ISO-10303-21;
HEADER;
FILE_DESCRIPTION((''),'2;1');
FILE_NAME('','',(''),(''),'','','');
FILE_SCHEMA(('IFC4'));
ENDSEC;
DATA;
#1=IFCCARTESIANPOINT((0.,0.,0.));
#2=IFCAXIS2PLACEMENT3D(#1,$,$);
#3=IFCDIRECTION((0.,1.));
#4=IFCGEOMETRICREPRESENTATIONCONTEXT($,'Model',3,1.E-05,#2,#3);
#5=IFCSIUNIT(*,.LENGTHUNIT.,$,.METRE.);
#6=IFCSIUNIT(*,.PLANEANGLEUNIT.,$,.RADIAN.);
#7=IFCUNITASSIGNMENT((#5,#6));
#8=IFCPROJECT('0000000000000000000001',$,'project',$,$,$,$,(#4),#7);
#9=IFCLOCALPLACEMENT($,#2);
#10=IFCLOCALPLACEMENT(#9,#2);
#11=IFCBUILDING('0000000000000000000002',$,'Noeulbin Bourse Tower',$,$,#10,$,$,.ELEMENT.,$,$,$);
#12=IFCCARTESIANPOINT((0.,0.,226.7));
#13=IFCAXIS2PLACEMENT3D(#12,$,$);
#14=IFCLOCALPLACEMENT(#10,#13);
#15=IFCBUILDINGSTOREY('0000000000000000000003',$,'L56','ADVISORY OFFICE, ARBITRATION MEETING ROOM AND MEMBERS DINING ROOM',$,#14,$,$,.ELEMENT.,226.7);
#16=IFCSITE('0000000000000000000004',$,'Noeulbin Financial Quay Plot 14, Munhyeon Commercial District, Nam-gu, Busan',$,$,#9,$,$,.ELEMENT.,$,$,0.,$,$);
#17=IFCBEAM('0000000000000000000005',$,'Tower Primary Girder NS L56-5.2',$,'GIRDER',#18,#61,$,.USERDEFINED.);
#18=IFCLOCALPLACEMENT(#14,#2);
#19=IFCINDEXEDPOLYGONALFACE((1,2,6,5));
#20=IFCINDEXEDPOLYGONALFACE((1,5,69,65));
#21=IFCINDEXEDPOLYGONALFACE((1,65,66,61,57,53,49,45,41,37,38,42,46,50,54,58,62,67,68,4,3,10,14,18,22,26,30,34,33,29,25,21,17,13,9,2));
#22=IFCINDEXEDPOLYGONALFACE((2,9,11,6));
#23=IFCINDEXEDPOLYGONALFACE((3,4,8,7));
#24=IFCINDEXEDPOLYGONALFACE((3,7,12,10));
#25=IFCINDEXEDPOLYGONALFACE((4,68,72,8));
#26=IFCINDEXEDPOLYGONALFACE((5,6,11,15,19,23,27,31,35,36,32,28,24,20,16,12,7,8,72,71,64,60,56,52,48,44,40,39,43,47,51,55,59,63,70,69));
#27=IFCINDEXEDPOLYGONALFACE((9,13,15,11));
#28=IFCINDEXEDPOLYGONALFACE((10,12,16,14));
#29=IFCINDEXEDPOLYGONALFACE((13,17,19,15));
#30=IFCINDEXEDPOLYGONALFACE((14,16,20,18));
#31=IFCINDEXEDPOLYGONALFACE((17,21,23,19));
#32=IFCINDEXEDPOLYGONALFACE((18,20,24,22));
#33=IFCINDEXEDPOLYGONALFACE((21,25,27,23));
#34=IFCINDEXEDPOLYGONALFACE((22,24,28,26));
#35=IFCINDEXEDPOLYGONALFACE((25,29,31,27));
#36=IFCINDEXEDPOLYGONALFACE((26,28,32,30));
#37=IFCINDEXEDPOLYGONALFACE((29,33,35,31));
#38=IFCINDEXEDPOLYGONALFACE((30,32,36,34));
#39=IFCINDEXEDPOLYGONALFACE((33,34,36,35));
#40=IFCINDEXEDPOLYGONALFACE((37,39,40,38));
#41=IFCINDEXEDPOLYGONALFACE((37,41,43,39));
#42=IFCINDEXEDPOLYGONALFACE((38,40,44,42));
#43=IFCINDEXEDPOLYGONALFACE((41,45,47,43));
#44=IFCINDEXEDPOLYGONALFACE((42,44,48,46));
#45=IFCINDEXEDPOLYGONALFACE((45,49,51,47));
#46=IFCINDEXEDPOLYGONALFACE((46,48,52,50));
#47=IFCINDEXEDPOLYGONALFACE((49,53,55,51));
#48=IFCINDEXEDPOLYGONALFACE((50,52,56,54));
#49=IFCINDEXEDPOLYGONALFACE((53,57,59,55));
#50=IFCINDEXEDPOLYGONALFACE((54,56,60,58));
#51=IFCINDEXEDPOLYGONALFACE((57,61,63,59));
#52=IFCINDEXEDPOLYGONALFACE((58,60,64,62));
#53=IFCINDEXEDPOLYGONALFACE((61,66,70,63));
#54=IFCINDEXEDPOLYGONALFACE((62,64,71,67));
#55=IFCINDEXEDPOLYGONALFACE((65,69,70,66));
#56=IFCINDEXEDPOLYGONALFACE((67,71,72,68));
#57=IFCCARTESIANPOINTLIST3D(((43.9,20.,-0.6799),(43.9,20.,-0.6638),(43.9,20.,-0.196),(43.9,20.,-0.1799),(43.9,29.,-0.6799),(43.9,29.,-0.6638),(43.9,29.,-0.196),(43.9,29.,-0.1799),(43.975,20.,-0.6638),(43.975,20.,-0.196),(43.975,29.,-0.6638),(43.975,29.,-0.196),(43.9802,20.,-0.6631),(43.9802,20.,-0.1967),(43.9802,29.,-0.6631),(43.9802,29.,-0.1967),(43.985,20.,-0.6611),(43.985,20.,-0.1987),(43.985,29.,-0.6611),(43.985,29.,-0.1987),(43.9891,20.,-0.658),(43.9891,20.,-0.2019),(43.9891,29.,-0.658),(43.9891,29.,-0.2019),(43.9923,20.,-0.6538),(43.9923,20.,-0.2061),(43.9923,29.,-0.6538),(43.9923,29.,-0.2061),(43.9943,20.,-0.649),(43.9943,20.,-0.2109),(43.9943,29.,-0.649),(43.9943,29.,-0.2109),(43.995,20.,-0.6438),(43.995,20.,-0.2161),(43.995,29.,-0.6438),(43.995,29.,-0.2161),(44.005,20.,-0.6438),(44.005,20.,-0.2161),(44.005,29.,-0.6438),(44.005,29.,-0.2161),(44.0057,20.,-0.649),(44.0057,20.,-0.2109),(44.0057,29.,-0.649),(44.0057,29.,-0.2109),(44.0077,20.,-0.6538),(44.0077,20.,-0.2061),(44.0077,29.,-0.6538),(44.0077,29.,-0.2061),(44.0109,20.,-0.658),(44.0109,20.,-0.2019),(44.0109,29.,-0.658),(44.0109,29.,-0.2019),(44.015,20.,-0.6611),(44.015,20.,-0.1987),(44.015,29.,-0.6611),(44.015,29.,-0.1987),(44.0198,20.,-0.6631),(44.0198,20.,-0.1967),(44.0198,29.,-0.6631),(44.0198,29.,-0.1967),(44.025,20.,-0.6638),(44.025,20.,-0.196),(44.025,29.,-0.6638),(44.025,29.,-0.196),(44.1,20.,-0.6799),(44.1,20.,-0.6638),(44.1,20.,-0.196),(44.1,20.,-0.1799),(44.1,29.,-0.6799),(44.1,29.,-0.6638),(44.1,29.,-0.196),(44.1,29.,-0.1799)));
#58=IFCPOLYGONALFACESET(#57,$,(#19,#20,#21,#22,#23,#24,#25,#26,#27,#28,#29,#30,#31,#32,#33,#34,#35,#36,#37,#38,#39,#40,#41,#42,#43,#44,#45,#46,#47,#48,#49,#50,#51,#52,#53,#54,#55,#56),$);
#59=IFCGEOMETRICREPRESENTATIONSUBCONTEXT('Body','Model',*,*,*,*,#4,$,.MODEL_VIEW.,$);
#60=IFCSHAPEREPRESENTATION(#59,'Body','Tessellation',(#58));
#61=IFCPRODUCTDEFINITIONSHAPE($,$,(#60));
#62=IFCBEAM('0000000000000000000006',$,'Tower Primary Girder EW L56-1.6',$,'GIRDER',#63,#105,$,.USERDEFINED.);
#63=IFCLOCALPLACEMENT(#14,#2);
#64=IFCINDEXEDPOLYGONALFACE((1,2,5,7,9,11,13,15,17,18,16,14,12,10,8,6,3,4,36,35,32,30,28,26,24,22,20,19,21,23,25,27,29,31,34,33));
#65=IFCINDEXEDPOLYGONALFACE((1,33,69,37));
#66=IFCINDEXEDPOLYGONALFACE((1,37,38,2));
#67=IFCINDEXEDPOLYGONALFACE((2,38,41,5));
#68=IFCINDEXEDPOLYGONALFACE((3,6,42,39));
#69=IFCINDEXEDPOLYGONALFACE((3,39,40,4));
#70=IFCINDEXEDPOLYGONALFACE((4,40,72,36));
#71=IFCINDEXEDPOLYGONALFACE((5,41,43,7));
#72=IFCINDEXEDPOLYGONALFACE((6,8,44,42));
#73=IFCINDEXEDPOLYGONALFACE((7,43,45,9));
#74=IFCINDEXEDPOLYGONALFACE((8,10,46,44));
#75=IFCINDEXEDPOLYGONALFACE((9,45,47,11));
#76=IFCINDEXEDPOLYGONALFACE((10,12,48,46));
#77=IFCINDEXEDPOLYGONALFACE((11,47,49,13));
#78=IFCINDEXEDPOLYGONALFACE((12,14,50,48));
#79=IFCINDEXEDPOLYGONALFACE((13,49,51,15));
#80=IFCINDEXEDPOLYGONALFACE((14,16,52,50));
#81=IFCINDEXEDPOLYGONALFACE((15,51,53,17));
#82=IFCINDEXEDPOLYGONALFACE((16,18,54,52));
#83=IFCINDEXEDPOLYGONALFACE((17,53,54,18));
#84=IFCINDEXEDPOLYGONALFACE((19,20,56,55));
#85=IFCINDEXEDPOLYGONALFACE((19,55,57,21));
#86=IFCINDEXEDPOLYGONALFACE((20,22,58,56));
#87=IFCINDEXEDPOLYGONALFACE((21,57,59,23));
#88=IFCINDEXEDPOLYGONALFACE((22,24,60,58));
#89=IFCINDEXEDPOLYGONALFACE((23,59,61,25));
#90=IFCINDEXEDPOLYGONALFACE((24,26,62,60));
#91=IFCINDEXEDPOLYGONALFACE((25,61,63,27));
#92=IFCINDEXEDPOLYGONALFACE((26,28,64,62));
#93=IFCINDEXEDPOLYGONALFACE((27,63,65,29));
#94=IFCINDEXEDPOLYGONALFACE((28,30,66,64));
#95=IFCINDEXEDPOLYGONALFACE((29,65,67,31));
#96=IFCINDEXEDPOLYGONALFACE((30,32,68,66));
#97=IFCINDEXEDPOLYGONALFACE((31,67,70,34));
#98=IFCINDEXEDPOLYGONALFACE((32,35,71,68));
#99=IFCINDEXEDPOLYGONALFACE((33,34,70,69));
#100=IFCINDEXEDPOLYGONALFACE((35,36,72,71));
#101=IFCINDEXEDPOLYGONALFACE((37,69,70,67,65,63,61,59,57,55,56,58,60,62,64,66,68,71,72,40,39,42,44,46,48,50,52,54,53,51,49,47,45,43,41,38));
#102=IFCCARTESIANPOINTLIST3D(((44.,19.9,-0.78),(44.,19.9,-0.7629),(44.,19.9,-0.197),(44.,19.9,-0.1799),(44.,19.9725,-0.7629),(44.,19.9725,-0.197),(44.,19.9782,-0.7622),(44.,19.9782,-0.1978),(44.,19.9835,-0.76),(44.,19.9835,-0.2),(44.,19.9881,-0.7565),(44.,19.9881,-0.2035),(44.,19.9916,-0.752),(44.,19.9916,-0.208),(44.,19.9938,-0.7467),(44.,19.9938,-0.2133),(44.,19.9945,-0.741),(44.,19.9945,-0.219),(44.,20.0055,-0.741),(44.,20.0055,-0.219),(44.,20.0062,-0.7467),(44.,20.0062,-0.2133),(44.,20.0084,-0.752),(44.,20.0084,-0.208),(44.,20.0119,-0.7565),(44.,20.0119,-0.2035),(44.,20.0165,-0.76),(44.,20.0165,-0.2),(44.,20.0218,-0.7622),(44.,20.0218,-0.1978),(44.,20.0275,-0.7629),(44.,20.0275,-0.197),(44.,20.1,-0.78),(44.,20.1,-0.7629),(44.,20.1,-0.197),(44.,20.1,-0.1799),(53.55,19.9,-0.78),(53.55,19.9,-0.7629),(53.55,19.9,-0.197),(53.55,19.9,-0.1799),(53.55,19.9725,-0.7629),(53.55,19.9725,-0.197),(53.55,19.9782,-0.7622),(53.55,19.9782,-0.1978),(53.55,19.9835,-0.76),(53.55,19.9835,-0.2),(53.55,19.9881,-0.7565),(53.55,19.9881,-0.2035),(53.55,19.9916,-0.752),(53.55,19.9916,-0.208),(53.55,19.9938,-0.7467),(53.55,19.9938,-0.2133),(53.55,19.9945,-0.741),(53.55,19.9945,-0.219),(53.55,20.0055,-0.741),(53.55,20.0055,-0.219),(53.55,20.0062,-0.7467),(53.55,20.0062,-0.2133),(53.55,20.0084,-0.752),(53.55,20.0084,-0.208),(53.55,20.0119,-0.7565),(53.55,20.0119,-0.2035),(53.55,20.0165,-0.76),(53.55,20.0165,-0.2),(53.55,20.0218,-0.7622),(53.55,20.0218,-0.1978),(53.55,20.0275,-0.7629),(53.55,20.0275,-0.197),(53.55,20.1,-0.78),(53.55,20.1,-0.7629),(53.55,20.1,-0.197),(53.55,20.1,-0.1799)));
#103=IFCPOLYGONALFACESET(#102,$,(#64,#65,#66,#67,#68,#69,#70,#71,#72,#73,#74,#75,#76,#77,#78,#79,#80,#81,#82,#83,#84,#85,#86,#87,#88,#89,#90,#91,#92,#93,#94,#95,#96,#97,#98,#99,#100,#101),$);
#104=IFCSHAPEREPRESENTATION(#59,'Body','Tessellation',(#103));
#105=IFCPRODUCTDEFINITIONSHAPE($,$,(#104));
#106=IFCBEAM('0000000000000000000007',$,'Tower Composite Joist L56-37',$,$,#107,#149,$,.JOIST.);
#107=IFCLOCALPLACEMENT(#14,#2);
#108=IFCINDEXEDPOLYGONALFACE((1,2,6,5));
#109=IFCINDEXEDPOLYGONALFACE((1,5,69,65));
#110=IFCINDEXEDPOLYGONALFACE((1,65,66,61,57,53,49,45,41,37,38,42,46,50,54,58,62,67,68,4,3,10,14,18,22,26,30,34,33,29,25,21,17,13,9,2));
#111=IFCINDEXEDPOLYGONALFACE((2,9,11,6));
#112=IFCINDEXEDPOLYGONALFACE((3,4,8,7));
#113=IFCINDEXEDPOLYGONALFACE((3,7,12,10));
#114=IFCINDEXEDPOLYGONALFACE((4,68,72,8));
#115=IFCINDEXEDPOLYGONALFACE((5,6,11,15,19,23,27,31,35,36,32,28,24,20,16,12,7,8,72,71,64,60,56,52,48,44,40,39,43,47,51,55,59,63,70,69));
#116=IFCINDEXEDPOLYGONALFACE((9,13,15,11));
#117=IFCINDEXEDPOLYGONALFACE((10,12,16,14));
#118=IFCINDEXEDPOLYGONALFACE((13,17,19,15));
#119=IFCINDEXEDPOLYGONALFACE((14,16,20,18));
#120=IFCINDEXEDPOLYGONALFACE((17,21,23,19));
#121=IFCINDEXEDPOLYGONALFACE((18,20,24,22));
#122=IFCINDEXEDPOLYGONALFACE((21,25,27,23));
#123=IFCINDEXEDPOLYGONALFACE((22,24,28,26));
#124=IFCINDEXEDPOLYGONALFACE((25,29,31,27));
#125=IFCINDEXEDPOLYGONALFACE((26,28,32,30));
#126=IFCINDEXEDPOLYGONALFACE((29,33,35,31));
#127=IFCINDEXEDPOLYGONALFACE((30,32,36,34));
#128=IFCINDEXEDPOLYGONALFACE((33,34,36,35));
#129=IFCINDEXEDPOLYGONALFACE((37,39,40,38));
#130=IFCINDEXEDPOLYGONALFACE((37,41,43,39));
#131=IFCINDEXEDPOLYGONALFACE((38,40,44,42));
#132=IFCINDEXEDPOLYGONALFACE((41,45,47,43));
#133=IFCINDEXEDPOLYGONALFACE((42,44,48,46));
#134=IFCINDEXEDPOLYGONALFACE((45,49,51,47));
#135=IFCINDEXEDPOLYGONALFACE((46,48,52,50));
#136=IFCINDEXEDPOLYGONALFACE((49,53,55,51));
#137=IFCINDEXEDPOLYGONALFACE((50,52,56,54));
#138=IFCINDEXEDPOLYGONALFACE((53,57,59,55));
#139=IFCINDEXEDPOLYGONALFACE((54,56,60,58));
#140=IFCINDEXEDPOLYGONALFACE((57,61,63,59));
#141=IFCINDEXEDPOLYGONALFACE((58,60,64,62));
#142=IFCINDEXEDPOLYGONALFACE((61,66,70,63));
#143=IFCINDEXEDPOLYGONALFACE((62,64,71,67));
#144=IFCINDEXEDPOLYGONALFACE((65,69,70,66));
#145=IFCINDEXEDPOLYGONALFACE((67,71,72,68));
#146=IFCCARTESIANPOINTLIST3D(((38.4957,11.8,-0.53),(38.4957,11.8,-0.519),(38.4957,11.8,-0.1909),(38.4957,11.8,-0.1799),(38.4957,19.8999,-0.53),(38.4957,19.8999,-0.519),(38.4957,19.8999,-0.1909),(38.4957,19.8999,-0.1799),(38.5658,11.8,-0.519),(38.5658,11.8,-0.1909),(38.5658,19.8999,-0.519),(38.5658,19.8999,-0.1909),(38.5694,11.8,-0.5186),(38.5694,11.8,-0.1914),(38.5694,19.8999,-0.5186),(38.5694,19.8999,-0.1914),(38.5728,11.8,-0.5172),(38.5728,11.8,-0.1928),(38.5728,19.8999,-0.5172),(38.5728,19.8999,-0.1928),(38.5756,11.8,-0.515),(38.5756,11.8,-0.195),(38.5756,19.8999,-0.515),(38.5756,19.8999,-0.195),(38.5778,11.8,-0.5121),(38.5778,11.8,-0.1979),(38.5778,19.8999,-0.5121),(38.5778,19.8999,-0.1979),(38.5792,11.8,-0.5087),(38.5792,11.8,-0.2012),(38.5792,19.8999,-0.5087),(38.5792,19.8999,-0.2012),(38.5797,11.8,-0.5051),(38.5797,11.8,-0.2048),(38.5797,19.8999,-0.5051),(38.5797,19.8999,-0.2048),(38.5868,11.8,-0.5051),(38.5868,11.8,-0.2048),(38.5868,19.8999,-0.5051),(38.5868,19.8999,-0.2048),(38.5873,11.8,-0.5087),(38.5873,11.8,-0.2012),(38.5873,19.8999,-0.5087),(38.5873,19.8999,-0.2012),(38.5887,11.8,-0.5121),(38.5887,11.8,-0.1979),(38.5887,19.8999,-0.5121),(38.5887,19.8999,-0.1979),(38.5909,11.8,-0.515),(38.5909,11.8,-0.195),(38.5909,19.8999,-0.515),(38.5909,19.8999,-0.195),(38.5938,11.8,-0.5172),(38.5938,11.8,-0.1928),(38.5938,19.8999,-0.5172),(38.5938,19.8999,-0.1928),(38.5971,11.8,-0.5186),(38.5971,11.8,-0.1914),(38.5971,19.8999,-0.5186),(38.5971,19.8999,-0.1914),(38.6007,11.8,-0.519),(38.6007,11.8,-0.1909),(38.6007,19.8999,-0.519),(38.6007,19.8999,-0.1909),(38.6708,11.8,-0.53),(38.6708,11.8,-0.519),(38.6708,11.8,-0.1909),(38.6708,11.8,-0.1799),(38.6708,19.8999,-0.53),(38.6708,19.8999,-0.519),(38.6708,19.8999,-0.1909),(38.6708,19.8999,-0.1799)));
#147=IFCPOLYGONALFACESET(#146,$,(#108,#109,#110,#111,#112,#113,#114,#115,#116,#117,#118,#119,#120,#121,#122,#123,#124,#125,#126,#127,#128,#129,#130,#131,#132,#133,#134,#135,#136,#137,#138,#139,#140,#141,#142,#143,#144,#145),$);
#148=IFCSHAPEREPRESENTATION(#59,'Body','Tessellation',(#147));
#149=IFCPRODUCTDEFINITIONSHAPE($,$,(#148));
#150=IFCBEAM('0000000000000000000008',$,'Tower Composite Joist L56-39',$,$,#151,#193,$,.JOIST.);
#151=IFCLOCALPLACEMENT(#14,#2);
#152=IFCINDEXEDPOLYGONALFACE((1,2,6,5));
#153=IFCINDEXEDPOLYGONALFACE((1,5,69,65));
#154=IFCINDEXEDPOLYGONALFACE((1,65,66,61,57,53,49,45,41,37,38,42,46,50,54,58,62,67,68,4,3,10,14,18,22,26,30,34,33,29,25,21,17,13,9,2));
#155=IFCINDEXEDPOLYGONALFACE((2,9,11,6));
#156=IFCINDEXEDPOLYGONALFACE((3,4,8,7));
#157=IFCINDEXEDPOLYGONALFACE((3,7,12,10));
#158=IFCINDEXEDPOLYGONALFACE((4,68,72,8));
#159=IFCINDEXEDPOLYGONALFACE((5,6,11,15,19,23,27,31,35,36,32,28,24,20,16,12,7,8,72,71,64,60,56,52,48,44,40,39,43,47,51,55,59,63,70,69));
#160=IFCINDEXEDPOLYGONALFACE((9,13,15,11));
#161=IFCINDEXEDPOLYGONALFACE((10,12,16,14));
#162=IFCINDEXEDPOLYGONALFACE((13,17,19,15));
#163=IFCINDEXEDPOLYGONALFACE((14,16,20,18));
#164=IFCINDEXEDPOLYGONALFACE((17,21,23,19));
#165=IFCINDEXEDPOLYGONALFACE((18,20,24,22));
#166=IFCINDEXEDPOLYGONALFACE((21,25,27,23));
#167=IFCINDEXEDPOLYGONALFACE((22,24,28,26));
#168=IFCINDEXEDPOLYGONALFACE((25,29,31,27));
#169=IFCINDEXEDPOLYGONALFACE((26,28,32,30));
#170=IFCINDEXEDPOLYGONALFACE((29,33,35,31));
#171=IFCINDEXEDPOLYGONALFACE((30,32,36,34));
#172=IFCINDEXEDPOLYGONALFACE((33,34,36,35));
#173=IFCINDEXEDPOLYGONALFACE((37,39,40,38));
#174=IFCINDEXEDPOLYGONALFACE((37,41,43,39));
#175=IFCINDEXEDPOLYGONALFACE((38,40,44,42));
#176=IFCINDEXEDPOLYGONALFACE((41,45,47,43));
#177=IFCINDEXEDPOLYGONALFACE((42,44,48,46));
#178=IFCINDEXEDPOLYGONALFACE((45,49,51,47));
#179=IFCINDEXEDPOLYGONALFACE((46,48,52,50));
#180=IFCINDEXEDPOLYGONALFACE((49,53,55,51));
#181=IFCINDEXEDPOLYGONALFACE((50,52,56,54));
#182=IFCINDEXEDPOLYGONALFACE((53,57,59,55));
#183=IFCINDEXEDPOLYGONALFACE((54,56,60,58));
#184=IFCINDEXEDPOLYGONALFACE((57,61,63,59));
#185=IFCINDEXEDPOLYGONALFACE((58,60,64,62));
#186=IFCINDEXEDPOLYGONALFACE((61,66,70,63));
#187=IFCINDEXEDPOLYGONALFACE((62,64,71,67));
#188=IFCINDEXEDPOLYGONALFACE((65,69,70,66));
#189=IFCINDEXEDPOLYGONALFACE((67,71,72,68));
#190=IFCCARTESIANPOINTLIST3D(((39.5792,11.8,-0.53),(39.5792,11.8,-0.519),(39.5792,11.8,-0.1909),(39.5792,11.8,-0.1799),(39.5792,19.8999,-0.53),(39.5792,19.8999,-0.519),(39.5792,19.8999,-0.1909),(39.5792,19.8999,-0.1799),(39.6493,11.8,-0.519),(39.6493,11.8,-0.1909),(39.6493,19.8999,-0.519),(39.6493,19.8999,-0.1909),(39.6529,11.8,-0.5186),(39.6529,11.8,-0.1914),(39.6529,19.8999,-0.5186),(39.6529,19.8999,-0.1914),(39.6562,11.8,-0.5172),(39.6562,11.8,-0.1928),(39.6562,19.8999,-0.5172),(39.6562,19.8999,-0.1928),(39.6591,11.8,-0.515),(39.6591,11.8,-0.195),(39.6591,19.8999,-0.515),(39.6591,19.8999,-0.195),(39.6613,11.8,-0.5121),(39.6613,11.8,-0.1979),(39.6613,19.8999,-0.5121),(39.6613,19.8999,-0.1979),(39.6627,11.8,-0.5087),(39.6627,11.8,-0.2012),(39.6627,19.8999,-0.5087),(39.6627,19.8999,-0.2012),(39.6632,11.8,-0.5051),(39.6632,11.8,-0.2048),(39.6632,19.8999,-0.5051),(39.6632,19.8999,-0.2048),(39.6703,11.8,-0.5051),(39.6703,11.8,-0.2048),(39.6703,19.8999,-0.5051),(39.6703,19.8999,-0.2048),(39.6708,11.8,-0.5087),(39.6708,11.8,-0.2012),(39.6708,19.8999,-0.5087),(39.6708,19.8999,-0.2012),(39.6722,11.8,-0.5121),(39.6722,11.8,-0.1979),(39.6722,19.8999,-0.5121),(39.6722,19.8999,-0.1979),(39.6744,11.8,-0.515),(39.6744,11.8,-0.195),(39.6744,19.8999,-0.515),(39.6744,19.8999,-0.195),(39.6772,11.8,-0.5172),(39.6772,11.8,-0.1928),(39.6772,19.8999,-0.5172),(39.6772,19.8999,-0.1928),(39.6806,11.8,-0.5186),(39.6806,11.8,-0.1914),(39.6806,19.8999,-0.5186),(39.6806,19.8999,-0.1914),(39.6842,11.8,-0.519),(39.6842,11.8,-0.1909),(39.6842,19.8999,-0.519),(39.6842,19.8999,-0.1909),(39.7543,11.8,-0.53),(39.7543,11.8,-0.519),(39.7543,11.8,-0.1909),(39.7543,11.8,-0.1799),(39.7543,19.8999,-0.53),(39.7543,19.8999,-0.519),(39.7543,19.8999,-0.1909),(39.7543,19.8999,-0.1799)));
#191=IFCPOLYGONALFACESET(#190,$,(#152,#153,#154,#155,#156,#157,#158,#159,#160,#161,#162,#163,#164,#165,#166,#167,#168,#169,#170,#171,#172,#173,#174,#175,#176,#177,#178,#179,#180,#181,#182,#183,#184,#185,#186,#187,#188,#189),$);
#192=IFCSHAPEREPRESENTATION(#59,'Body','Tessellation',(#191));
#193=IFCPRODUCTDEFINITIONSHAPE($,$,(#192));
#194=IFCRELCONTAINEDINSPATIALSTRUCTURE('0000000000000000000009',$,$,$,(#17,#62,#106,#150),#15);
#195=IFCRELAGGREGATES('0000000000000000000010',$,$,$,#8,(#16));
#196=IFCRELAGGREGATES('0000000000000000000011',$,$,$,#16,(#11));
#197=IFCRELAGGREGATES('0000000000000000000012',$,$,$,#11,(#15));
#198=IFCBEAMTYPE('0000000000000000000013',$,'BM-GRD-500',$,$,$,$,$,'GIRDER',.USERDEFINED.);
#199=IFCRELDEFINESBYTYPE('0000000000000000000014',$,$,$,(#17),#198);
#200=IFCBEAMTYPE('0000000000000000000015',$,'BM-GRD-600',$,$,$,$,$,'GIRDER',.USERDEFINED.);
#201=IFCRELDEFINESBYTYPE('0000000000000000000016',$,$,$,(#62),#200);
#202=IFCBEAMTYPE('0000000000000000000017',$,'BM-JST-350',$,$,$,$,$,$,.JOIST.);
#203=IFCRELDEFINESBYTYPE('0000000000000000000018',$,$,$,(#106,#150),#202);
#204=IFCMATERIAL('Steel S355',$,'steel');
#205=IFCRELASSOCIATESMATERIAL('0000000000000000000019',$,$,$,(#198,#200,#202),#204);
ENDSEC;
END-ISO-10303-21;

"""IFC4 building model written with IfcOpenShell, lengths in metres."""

from ifc_helpers import new_model, si_unit, direction, frame, origin, origin_2d, place, context, subcontext, project, spatial, i_section, extrude, material, material_profile, profile_set, type_object, element, save


model = new_model("IFC4")

# Units and contexts
model_context = context("Model", 3, precision=1e-05, world=origin(), true_north=direction((0.0, 1.0)))
body_context = subcontext(model_context, "Body", "Model", "MODEL_VIEW")
ifc_project = project(units=[si_unit("LENGTHUNIT", "METRE"), si_unit("PLANEANGLEUNIT", "RADIAN")], contexts=[model_context])

# Site, building, storey
site_placement = place(None, origin())
site = spatial("IfcSite", under=ifc_project, at=site_placement, Name="Noeulbin Financial Quay Plot 14, Munhyeon Commercial District, Nam-gu, Busan", CompositionType="ELEMENT", RefElevation=0.0)
building_placement = place(site_placement, origin())
building = spatial("IfcBuilding", under=site, at=building_placement, Name="Noeulbin Bourse Tower", CompositionType="ELEMENT")
storey_placement = place(building_placement, frame((0.0, 0.0, 226.7)))
storey = spatial("IfcBuildingStorey", under=building, at=storey_placement, Name="L56", Description="ADVISORY OFFICE, ARBITRATION MEETING ROOM AND MEMBERS DINING ROOM", CompositionType="ELEMENT", Elevation=226.7)

# Shared definitions
ifc_material_1 = material(Name="Steel S355", Category="steel")

# Beams
ifc_material_profile_1 = material_profile(ifc_material_1, i_section(OverallWidth=0.2, OverallDepth=0.5, WebThickness=0.01, FlangeThickness=0.0161, FilletRadius=0.02, at=origin_2d()), Name="H-500x200x10x16", Category="LoadBearing")
ifc_profile_set_1 = profile_set([ifc_material_profile_1], Name="Steel S355")
beam_type_1 = type_object("IfcBeamType", Name="BM-GRD-500", ElementType="GIRDER", PredefinedType="USERDEFINED", material=ifc_profile_set_1)
beam_1_placement = place(storey_placement, frame((44.0, 20.0, -0.4299), z_axis=(0.0, 1.0, 0.0), x_axis=(-1.0, 0.0, 0.0)))
element("IfcBeam", 1, at=beam_1_placement, inside=storey, type_object=beam_type_1, Name="Tower Primary Girder NS L56-5.2", ObjectType="GIRDER", PredefinedType="USERDEFINED", context=body_context, shape_type="SweptSolid", body=[
    extrude(i_section(OverallWidth=0.2, OverallDepth=0.5, WebThickness=0.01, FlangeThickness=0.0161, FilletRadius=0.02, at=origin_2d()), origin(), (0.0, 0.0, 1.0), 9.0),
])
ifc_material_profile_2 = material_profile(ifc_material_1, i_section(OverallWidth=0.2, OverallDepth=0.6001, WebThickness=0.011, FlangeThickness=0.0171, FilletRadius=0.022, at=origin_2d()), Name="H-600x200x11x17", Category="LoadBearing")
ifc_profile_set_2 = profile_set([ifc_material_profile_2], Name="Steel S355")
beam_type_2 = type_object("IfcBeamType", Name="BM-GRD-600", ElementType="GIRDER", PredefinedType="USERDEFINED", material=ifc_profile_set_2)
beam_2_placement = place(storey_placement, frame((44.0, 20.0, -0.48), z_axis=(1.0, 0.0, 0.0), x_axis=(0.0, 1.0, 0.0)))
element("IfcBeam", 2, at=beam_2_placement, inside=storey, type_object=beam_type_2, Name="Tower Primary Girder EW L56-1.6", ObjectType="GIRDER", PredefinedType="USERDEFINED", context=body_context, shape_type="SweptSolid", body=[
    extrude(i_section(OverallWidth=0.2, OverallDepth=0.6001, WebThickness=0.011, FlangeThickness=0.0171, FilletRadius=0.022, at=origin_2d()), origin(), (0.0, 0.0, 1.0), 9.55),
])
ifc_material_profile_3 = material_profile(ifc_material_1, i_section(OverallWidth=0.175, OverallDepth=0.3501, WebThickness=0.0071, FlangeThickness=0.011, FilletRadius=0.0139, at=origin_2d()), Name="H-350x175x7x11", Category="LoadBearing")
ifc_profile_set_3 = profile_set([ifc_material_profile_3], Name="Steel S355")
beam_type_3 = type_object("IfcBeamType", Name="BM-JST-350", PredefinedType="JOIST", material=ifc_profile_set_3)
for number, where, z_axis, x_axis, name in (
    (3, (38.5833, 11.8, -0.355), (0.0, 1.0, 0.0), (-1.0, 0.0, 0.0), "Tower Composite Joist L56-37"),
    (4, (39.6667, 11.8, -0.355), (0.0, 1.0, 0.0), (-1.0, 0.0, 0.0), "Tower Composite Joist L56-39"),
):
    element("IfcBeam", number, at=place(storey_placement, frame(where, z_axis=z_axis, x_axis=x_axis)), inside=storey, type_object=beam_type_3, Name=name, PredefinedType="JOIST", context=body_context, shape_type="SweptSolid", body=[
        extrude(i_section(OverallWidth=0.175, OverallDepth=0.3501, WebThickness=0.0071, FlangeThickness=0.011, FilletRadius=0.0139, at=origin_2d()), origin(), (0.0, 0.0, 1.0), 8.0999),
    ])

save(model, "model.ifc")
